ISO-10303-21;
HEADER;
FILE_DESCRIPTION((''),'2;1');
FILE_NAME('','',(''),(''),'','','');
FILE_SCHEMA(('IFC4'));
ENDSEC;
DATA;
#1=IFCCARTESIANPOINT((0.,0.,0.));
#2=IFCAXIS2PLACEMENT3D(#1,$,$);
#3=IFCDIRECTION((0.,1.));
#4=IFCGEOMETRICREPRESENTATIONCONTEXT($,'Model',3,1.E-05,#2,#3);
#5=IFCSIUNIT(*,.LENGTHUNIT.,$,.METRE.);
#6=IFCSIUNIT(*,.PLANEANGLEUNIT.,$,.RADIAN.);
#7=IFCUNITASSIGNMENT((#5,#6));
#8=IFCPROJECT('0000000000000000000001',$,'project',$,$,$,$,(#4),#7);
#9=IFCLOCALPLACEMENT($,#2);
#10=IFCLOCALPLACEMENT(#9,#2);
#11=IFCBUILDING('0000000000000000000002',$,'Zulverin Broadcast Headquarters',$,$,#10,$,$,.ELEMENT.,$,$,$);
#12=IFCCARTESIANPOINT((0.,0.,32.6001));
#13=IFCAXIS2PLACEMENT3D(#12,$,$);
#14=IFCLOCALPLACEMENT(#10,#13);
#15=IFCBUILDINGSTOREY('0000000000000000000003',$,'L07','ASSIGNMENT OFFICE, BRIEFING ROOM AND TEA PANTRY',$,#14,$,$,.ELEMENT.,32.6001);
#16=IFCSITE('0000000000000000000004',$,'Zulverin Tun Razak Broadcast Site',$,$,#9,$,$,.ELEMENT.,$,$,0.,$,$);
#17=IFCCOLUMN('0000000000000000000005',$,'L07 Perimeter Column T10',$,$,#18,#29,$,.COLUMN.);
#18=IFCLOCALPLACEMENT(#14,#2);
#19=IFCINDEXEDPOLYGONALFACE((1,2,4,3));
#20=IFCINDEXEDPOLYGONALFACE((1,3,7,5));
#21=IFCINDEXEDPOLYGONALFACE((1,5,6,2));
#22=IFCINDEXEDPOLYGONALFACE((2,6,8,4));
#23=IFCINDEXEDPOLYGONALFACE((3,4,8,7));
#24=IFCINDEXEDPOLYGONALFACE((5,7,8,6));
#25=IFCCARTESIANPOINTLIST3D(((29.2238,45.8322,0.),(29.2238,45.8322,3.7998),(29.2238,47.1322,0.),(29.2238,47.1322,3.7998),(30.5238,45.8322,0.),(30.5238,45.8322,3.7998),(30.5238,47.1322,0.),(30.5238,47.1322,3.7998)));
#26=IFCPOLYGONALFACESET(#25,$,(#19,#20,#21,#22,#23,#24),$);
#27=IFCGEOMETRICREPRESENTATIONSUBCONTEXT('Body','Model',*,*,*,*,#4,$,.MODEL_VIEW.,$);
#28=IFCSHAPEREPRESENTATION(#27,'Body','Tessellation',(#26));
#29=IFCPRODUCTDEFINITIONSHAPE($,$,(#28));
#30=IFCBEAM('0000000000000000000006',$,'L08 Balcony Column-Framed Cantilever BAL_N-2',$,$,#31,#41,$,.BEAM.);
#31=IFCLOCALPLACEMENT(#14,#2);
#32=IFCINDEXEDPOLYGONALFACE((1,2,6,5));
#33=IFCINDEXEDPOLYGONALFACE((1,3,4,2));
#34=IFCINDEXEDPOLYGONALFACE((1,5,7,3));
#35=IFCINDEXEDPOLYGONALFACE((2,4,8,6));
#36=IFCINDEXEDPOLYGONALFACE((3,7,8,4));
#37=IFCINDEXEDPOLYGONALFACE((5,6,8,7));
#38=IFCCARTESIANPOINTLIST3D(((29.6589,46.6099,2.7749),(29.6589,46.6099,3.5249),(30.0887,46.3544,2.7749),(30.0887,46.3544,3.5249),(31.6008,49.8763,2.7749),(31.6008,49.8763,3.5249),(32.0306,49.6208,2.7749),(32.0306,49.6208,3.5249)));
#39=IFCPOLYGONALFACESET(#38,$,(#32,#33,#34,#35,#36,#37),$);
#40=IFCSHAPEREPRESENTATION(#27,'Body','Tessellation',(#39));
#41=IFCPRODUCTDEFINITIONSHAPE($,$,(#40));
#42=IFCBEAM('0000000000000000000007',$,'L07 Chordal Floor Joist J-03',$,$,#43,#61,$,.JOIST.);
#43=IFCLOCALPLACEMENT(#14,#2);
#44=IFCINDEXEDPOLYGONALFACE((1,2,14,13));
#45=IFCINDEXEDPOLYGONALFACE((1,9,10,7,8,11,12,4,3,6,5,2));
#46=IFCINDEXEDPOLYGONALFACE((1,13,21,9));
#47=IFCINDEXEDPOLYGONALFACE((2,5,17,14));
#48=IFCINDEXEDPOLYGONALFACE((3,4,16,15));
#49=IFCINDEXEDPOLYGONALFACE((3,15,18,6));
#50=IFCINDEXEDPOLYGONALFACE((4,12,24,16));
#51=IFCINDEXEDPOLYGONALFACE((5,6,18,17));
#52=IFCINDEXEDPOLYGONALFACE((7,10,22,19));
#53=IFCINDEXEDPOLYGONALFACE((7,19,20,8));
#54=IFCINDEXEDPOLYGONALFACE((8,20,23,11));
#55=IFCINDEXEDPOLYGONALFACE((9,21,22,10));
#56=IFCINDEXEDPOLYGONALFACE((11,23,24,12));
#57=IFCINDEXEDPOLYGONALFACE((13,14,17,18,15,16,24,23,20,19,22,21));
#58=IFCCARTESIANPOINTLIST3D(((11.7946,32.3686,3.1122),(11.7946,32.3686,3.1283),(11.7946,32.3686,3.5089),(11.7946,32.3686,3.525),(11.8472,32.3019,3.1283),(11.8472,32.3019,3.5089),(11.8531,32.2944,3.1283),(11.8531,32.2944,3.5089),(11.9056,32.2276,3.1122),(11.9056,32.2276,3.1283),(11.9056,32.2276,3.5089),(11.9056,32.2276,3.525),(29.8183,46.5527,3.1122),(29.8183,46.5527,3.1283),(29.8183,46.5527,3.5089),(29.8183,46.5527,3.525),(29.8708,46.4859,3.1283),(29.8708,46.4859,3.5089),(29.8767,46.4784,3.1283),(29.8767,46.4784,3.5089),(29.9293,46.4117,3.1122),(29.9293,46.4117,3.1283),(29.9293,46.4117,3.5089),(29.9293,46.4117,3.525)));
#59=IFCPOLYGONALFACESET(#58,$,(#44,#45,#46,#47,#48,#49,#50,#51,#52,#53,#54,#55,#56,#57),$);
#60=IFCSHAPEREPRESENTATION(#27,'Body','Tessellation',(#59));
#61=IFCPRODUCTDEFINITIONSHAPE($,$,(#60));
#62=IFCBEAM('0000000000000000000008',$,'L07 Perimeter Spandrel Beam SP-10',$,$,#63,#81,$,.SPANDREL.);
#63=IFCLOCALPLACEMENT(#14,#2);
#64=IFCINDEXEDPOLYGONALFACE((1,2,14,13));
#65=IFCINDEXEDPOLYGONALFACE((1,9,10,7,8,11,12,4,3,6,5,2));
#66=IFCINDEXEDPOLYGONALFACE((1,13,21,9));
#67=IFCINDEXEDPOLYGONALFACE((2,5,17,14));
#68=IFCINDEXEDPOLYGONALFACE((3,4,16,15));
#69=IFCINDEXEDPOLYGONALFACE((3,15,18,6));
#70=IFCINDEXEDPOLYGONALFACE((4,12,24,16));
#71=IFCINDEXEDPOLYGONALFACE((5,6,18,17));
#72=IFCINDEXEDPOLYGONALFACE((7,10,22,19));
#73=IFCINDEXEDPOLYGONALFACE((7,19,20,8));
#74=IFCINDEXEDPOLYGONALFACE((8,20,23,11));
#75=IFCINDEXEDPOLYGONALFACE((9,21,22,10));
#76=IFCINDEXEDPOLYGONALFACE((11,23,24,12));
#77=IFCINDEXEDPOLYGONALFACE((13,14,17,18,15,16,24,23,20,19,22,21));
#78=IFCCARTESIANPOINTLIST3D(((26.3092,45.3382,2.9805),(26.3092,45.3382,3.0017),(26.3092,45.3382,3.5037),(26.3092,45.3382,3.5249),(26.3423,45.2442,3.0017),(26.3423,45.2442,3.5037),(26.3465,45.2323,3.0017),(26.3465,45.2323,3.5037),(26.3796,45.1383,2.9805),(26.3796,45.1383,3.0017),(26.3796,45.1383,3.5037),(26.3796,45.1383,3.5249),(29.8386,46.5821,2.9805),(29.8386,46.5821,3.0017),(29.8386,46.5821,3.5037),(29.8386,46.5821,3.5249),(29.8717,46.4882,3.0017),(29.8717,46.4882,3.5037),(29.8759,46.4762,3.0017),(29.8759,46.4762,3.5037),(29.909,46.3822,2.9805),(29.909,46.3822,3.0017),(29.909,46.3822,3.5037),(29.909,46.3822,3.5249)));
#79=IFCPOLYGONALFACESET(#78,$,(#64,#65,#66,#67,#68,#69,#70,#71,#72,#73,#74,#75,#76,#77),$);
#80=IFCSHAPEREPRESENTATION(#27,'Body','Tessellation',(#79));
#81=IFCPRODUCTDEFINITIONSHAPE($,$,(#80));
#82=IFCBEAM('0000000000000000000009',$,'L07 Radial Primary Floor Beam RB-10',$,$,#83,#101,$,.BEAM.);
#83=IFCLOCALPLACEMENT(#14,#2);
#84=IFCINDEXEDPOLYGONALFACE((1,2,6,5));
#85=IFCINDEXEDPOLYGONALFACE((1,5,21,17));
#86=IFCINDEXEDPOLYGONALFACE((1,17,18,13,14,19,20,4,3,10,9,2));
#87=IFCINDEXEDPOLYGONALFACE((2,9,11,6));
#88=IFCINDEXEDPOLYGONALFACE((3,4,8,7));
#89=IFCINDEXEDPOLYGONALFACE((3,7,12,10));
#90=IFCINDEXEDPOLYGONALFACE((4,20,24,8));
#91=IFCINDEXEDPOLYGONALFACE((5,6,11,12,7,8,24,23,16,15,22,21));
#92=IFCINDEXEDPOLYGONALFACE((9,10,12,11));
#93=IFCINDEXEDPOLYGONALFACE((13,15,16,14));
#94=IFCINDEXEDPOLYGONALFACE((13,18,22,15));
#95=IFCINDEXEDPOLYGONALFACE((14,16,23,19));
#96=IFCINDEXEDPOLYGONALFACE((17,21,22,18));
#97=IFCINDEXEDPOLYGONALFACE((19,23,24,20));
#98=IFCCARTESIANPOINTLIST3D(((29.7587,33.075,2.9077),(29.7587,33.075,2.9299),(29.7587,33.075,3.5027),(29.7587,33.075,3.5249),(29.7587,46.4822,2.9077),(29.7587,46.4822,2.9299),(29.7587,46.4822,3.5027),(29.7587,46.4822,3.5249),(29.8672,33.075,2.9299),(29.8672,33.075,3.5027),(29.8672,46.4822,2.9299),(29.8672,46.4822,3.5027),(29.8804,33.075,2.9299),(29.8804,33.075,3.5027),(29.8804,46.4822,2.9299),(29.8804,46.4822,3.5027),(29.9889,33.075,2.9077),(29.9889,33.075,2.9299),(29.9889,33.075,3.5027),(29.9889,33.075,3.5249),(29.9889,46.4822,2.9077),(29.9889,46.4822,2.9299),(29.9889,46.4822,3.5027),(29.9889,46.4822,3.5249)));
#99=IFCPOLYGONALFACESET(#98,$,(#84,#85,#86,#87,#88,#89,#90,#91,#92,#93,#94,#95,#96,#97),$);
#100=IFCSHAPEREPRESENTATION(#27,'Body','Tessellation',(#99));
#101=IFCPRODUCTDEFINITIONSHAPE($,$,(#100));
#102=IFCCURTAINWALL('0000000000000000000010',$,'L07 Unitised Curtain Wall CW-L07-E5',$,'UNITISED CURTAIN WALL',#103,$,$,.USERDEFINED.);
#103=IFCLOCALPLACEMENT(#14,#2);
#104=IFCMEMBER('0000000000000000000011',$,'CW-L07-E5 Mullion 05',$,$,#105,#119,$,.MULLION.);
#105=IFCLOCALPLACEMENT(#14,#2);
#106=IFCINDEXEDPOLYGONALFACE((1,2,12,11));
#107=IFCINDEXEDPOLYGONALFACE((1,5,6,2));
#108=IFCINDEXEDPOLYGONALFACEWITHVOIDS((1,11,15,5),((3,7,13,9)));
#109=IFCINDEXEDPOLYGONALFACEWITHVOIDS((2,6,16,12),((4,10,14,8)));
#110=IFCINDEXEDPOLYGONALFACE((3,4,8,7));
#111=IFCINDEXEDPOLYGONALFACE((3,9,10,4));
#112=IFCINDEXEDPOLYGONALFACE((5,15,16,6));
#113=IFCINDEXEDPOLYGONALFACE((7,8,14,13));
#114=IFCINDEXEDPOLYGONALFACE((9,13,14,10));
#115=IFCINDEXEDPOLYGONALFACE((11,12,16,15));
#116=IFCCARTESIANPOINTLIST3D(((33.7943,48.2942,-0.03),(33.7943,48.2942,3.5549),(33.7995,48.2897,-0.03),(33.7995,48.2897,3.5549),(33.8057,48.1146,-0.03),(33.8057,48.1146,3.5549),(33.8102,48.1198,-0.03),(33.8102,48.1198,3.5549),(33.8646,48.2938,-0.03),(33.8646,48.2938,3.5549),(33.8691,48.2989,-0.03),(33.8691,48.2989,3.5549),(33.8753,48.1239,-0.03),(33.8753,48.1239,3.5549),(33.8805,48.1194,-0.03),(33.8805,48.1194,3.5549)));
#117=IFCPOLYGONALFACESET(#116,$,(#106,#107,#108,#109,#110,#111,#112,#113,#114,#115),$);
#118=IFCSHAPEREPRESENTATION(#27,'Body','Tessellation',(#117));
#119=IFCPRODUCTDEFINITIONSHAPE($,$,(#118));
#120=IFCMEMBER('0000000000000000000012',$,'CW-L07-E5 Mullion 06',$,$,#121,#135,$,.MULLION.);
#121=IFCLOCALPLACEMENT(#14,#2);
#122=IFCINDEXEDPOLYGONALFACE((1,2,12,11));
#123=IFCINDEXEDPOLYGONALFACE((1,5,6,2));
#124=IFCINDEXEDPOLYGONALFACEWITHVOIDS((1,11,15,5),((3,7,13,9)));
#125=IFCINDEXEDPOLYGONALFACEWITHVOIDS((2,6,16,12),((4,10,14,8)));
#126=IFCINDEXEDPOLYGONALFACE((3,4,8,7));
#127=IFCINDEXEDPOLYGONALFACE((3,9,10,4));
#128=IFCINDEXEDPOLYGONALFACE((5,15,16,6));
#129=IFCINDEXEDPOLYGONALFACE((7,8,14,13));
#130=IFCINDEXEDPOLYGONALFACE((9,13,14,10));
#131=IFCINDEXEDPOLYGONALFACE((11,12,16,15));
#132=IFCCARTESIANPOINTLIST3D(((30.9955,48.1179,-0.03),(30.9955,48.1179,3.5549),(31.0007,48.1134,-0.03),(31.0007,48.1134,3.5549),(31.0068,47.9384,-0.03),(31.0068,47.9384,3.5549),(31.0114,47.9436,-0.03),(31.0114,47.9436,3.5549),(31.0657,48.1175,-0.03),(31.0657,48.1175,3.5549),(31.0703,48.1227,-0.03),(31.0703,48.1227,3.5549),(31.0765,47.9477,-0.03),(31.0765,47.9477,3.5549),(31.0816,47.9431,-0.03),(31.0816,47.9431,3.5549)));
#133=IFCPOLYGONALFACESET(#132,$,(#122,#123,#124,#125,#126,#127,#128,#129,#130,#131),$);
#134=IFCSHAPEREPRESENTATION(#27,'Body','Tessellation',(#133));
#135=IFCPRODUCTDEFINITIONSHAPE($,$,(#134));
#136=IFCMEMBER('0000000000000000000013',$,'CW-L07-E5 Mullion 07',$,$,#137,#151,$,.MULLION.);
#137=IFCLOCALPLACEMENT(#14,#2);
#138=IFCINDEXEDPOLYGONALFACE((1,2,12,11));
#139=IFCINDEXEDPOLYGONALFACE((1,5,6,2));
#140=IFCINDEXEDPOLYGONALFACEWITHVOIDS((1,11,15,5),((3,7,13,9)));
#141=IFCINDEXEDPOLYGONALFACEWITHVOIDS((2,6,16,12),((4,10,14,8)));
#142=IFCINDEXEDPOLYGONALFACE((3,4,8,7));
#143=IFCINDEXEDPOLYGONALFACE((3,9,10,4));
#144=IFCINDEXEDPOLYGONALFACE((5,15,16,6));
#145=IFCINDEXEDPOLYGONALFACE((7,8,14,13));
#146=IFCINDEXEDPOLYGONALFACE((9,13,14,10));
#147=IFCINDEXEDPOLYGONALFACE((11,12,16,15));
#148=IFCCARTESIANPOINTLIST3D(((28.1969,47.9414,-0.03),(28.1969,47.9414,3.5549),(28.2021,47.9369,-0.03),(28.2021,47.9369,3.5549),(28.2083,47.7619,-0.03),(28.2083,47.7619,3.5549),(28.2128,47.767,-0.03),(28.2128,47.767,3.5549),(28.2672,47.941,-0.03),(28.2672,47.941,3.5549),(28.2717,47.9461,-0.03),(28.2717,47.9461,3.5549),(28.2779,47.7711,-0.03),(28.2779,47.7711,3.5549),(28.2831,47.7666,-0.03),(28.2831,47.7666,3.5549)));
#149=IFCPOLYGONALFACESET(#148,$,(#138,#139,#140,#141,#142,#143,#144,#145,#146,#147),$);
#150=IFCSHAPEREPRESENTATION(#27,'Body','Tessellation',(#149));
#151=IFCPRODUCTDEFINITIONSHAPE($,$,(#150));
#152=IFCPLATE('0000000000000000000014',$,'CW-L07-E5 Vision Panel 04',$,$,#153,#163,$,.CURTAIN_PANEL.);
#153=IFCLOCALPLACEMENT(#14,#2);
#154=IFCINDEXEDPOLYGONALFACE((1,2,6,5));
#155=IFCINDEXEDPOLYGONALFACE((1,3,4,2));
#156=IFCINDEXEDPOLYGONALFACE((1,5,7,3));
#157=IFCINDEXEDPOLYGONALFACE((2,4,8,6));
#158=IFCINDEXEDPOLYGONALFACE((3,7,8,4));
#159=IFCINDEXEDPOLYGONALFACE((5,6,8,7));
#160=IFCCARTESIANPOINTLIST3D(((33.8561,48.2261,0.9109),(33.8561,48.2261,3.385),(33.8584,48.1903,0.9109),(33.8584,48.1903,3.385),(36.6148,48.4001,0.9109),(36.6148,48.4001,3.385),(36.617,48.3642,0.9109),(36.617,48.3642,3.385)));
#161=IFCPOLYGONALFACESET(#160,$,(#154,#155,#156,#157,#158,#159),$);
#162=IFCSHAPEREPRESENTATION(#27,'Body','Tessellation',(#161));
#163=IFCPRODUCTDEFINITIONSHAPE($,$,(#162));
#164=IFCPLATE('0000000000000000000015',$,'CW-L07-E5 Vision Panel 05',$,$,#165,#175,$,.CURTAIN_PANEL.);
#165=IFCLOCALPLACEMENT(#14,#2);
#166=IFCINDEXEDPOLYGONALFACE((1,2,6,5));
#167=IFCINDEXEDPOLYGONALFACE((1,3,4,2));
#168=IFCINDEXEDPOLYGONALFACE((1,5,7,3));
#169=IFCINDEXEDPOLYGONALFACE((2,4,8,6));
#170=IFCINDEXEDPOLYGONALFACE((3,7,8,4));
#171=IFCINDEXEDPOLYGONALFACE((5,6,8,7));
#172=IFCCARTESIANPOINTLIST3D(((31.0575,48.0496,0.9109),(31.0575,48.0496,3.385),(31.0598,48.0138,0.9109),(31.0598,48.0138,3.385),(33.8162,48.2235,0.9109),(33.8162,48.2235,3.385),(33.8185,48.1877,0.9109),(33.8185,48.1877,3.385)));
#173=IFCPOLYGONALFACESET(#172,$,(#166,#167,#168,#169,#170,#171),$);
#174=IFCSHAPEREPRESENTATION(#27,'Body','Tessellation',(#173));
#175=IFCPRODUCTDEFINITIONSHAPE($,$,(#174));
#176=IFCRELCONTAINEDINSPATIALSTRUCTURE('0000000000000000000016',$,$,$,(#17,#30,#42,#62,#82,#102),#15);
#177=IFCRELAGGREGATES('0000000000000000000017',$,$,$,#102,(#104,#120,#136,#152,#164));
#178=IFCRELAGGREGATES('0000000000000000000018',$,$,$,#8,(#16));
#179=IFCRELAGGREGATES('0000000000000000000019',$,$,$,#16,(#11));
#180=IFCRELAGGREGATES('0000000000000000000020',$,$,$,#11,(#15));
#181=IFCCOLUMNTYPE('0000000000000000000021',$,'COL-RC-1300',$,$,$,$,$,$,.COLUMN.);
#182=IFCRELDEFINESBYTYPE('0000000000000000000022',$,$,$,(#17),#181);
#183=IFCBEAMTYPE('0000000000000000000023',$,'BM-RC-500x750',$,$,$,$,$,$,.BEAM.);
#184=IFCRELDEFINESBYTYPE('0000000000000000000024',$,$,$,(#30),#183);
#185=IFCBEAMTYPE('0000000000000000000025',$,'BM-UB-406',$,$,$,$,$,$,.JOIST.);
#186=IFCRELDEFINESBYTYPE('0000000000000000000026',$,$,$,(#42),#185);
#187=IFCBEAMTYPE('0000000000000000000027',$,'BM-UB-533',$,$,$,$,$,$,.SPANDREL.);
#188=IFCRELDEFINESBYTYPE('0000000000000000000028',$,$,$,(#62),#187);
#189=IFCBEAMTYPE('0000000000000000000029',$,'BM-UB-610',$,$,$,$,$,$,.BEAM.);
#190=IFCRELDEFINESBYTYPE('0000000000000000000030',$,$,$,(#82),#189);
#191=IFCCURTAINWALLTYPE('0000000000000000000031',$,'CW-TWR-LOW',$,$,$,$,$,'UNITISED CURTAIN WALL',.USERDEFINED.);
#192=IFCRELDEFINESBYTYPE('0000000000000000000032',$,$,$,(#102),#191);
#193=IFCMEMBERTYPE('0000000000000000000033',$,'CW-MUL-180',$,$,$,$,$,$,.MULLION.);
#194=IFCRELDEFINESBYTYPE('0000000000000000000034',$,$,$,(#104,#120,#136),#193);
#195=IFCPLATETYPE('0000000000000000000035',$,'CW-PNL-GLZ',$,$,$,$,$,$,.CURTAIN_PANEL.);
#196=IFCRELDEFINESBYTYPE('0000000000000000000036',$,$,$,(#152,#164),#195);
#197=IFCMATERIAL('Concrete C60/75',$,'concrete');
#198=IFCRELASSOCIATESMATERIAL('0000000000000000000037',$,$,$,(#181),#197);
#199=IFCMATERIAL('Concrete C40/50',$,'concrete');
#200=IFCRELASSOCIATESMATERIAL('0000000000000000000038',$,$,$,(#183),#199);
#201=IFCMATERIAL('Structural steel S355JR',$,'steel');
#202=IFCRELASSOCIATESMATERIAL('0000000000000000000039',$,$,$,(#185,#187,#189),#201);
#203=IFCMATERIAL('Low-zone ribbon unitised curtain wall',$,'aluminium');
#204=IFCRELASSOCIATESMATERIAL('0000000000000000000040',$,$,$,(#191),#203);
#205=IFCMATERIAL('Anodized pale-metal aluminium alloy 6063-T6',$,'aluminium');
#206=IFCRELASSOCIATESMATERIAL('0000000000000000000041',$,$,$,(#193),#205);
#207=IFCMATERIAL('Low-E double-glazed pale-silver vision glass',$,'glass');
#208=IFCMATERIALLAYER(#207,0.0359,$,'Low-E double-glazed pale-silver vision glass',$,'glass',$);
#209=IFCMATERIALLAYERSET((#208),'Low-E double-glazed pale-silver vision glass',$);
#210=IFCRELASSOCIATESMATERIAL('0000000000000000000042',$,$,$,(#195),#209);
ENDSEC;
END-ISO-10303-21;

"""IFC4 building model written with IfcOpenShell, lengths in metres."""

from ifc_helpers import new_model, si_unit, direction, frame, origin, origin_2d, place, context, subcontext, project, spatial, rectangle, hollow_rectangle, i_section, extrude, material, layer, layer_set, material_profile, profile_set, type_object, element, aggregate, save


model = new_model("IFC4")

# Units and contexts
model_context = context("Model", 3, precision=1e-05, world=origin(), true_north=direction((0.0, 1.0)))
body_context = subcontext(model_context, "Body", "Model", "MODEL_VIEW")
ifc_project = project(units=[si_unit("LENGTHUNIT", "METRE"), si_unit("PLANEANGLEUNIT", "RADIAN")], contexts=[model_context])

# Site, building, storey
site_placement = place(None, origin())
site = spatial("IfcSite", under=ifc_project, at=site_placement, Name="Zulverin Tun Razak Broadcast Site", CompositionType="ELEMENT", RefElevation=0.0)
building_placement = place(site_placement, origin())
building = spatial("IfcBuilding", under=site, at=building_placement, Name="Zulverin Broadcast Headquarters", CompositionType="ELEMENT")
storey_placement = place(building_placement, frame((0.0, 0.0, 32.6001)))
storey = spatial("IfcBuildingStorey", under=building, at=storey_placement, Name="L07", Description="ASSIGNMENT OFFICE, BRIEFING ROOM AND TEA PANTRY", CompositionType="ELEMENT", Elevation=32.6001)

# Column
ifc_material_1 = material(Name="Concrete C60/75", Category="concrete")
ifc_material_profile_1 = material_profile(ifc_material_1, rectangle(XDim=1.3, YDim=1.3, at=origin_2d()), Name="Concrete C60/75", Category="concrete")
ifc_profile_set_1 = profile_set([ifc_material_profile_1], Name="Concrete C60/75")
column_type = type_object("IfcColumnType", Name="COL-RC-1300", PredefinedType="COLUMN", material=ifc_profile_set_1)
column_placement = place(storey_placement, frame((29.8738, 46.4822, 0.0), z_axis=(0.0, 0.0, 1.0), x_axis=(1.0, 0.0, 0.0)))
element("IfcColumn", 1, at=column_placement, inside=storey, type_object=column_type, Name="L07 Perimeter Column T10", PredefinedType="COLUMN", context=body_context, shape_type="SweptSolid", body=[
    extrude(rectangle(XDim=1.3, YDim=1.3, at=origin_2d()), origin(), (0.0, 0.0, 1.0), 3.7998),
])

# Beams
ifc_material_2 = material(Name="Concrete C40/50", Category="concrete")
ifc_material_profile_2 = material_profile(ifc_material_2, rectangle(XDim=0.5, YDim=0.75, at=origin_2d()), Name="Concrete C40/50", Category="concrete")
ifc_profile_set_2 = profile_set([ifc_material_profile_2], Name="Concrete C40/50")
beam_type_1 = type_object("IfcBeamType", Name="BM-RC-500x750", PredefinedType="BEAM", material=ifc_profile_set_2)
beam_1_placement = place(storey_placement, frame((29.8738, 46.4822, 3.1499), z_axis=(0.511024, 0.859566, 0.0), x_axis=(-0.859566, 0.511024, 0.0)))
element("IfcBeam", 2, at=beam_1_placement, inside=storey, type_object=beam_type_1, Name="L08 Balcony Column-Framed Cantilever BAL_N-2", PredefinedType="BEAM", context=body_context, shape_type="SweptSolid", body=[
    extrude(rectangle(XDim=0.5, YDim=0.75, at=origin_2d()), origin(), (0.0, 0.0, 1.0), 3.8),
])
ifc_material_3 = material(Name="Structural steel S355JR", Category="steel")
ifc_material_profile_3 = material_profile(ifc_material_3, i_section(OverallWidth=0.1794, OverallDepth=0.4128, WebThickness=0.0095, FlangeThickness=0.0161, at=origin_2d()), Name="Structural steel S355JR", Category="steel")
ifc_profile_set_3 = profile_set([ifc_material_profile_3], Name="Structural steel S355JR")
beam_type_2 = type_object("IfcBeamType", Name="BM-UB-406", PredefinedType="JOIST", material=ifc_profile_set_3)
beam_2_placement = place(storey_placement, frame((29.8738, 46.4822, 3.3186), z_axis=(-0.785839, -0.618431, 0.0), x_axis=(0.618431, -0.785839, 0.0)))
element("IfcBeam", 3, at=beam_2_placement, inside=storey, type_object=beam_type_2, Name="L07 Chordal Floor Joist J-03", PredefinedType="JOIST", context=body_context, shape_type="SweptSolid", body=[
    extrude(i_section(OverallWidth=0.1794, OverallDepth=0.4128, WebThickness=0.0095, FlangeThickness=0.0161, at=origin_2d()), origin(), (0.0, 0.0, 1.0), 22.9355),
])
ifc_material_profile_4 = material_profile(ifc_material_3, i_section(OverallWidth=0.2119, OverallDepth=0.5444, WebThickness=0.0127, FlangeThickness=0.0212, at=origin_2d()), Name="Structural steel S355JR", Category="steel")
ifc_profile_set_4 = profile_set([ifc_material_profile_4], Name="Structural steel S355JR")
beam_type_3 = type_object("IfcBeamType", Name="BM-UB-533", PredefinedType="SPANDREL", material=ifc_profile_set_4)
beam_3_placement = place(storey_placement, frame((29.8738, 46.4822, 3.2527), z_axis=(-0.943136, -0.332407, 0.0), x_axis=(0.332407, -0.943136, 0.0)))
element("IfcBeam", 4, at=beam_3_placement, inside=storey, type_object=beam_type_3, Name="L07 Perimeter Spandrel Beam SP-10", PredefinedType="SPANDREL", context=body_context, shape_type="SweptSolid", body=[
    extrude(i_section(OverallWidth=0.2119, OverallDepth=0.5444, WebThickness=0.0127, FlangeThickness=0.0212, at=origin_2d()), origin(), (0.0, 0.0, 1.0), 3.7422),
])
ifc_material_profile_5 = material_profile(ifc_material_3, i_section(OverallWidth=0.2302, OverallDepth=0.6172, WebThickness=0.0132, FlangeThickness=0.0222, at=origin_2d()), Name="Structural steel S355JR", Category="steel")
ifc_profile_set_5 = profile_set([ifc_material_profile_5], Name="Structural steel S355JR")
beam_type_4 = type_object("IfcBeamType", Name="BM-UB-610", PredefinedType="BEAM", material=ifc_profile_set_5)
beam_4_placement = place(storey_placement, frame((29.8738, 33.075, 3.2163), z_axis=(0.0, 1.0, 0.0), x_axis=(-1.0, 0.0, 0.0)))
element("IfcBeam", 5, at=beam_4_placement, inside=storey, type_object=beam_type_4, Name="L07 Radial Primary Floor Beam RB-10", PredefinedType="BEAM", context=body_context, shape_type="SweptSolid", body=[
    extrude(i_section(OverallWidth=0.2302, OverallDepth=0.6172, WebThickness=0.0132, FlangeThickness=0.0222, at=origin_2d()), origin(), (0.0, 0.0, 1.0), 13.4072),
])

# Curtain wall, members, plates
ifc_material_4 = material(Name="Low-zone ribbon unitised curtain wall", Category="aluminium")
curtain_wall_type = type_object("IfcCurtainWallType", Name="CW-TWR-LOW", ElementType="UNITISED CURTAIN WALL", PredefinedType="USERDEFINED", material=ifc_material_4)
curtain_wall_placement = place(storey_placement, origin())
curtain_wall = element("IfcCurtainWall", 6, at=curtain_wall_placement, inside=storey, type_object=curtain_wall_type, Name="L07 Unitised Curtain Wall CW-L07-E5", ObjectType="UNITISED CURTAIN WALL", PredefinedType="USERDEFINED")
ifc_material_5 = material(Name="Anodized pale-metal aluminium alloy 6063-T6", Category="aluminium")
ifc_material_profile_6 = material_profile(ifc_material_5, hollow_rectangle(XDim=0.075, YDim=0.1799, WallThickness=0.0049, at=origin_2d()), Name="Anodized pale-metal aluminium alloy 6063-T6", Category="aluminium")
ifc_profile_set_6 = profile_set([ifc_material_profile_6], Name="Anodized pale-metal aluminium alloy 6063-T6")
member_type = type_object("IfcMemberType", Name="CW-MUL-180", PredefinedType="MULLION", material=ifc_profile_set_6)
member_1_placement = place(storey_placement, frame((33.8374, 48.2068, -0.03), z_axis=(0.0, 0.0, 1.0), x_axis=(-0.998018, -0.062935, 0.0)))
member_1 = element("IfcMember", 7, at=member_1_placement, type_object=member_type, Name="CW-L07-E5 Mullion 05", PredefinedType="MULLION", context=body_context, shape_type="SweptSolid", body=[
    extrude(hollow_rectangle(XDim=0.075, YDim=0.1799, WallThickness=0.0049, at=origin_2d()), origin(), (0.0, 0.0, 1.0), 3.585),
])
member_2_placement = place(storey_placement, frame((31.0386, 48.0305, -0.03), z_axis=(0.0, 0.0, 1.0), x_axis=(-0.998018, -0.062935, 0.0)))
member_2 = element("IfcMember", 8, at=member_2_placement, type_object=member_type, Name="CW-L07-E5 Mullion 06", PredefinedType="MULLION", context=body_context, shape_type="SweptSolid", body=[
    extrude(hollow_rectangle(XDim=0.075, YDim=0.1799, WallThickness=0.0049, at=origin_2d()), origin(), (0.0, 0.0, 1.0), 3.585),
])
member_3_placement = place(storey_placement, frame((28.24, 47.854, -0.03), z_axis=(0.0, 0.0, 1.0), x_axis=(-0.998018, -0.062935, 0.0)))
member_3 = element("IfcMember", 9, at=member_3_placement, type_object=member_type, Name="CW-L07-E5 Mullion 07", PredefinedType="MULLION", context=body_context, shape_type="SweptSolid", body=[
    extrude(hollow_rectangle(XDim=0.075, YDim=0.1799, WallThickness=0.0049, at=origin_2d()), origin(), (0.0, 0.0, 1.0), 3.585),
])
ifc_material_6 = material(Name="Low-E double-glazed pale-silver vision glass", Category="glass")
ifc_layer_1 = layer(ifc_material_6, 0.0359, Name="Low-E double-glazed pale-silver vision glass", Category="glass")
ifc_layer_set_1 = layer_set([ifc_layer_1], Name="Low-E double-glazed pale-silver vision glass")
plate_type_1 = type_object("IfcPlateType", Name="CW-PNL-GLZ", PredefinedType="CURTAIN_PANEL", material=ifc_layer_set_1)
plate_1_placement = place(storey_placement, frame((35.2366, 48.2952, 0.9109), z_axis=(0.0, 0.0, 1.0), x_axis=(-0.998018, -0.062935, 0.0)))
plate_1 = element("IfcPlate", 10, at=plate_1_placement, type_object=plate_type_1, Name="CW-L07-E5 Vision Panel 04", PredefinedType="CURTAIN_PANEL", context=body_context, shape_type="SweptSolid", body=[
    extrude(rectangle(XDim=2.7642, YDim=0.0359, at=origin_2d()), origin(), (0.0, 0.0, 1.0), 2.4741),
])
plate_2_placement = place(storey_placement, frame((32.438, 48.1187, 0.9109), z_axis=(0.0, 0.0, 1.0), x_axis=(-0.998018, -0.062935, 0.0)))
plate_2 = element("IfcPlate", 11, at=plate_2_placement, type_object=plate_type_1, Name="CW-L07-E5 Vision Panel 05", PredefinedType="CURTAIN_PANEL", context=body_context, shape_type="SweptSolid", body=[
    extrude(rectangle(XDim=2.7642, YDim=0.0359, at=origin_2d()), origin(), (0.0, 0.0, 1.0), 2.4741),
])
aggregate(curtain_wall, [member_1, member_2, member_3, plate_1, plate_2])

save(model, "model.ifc")
